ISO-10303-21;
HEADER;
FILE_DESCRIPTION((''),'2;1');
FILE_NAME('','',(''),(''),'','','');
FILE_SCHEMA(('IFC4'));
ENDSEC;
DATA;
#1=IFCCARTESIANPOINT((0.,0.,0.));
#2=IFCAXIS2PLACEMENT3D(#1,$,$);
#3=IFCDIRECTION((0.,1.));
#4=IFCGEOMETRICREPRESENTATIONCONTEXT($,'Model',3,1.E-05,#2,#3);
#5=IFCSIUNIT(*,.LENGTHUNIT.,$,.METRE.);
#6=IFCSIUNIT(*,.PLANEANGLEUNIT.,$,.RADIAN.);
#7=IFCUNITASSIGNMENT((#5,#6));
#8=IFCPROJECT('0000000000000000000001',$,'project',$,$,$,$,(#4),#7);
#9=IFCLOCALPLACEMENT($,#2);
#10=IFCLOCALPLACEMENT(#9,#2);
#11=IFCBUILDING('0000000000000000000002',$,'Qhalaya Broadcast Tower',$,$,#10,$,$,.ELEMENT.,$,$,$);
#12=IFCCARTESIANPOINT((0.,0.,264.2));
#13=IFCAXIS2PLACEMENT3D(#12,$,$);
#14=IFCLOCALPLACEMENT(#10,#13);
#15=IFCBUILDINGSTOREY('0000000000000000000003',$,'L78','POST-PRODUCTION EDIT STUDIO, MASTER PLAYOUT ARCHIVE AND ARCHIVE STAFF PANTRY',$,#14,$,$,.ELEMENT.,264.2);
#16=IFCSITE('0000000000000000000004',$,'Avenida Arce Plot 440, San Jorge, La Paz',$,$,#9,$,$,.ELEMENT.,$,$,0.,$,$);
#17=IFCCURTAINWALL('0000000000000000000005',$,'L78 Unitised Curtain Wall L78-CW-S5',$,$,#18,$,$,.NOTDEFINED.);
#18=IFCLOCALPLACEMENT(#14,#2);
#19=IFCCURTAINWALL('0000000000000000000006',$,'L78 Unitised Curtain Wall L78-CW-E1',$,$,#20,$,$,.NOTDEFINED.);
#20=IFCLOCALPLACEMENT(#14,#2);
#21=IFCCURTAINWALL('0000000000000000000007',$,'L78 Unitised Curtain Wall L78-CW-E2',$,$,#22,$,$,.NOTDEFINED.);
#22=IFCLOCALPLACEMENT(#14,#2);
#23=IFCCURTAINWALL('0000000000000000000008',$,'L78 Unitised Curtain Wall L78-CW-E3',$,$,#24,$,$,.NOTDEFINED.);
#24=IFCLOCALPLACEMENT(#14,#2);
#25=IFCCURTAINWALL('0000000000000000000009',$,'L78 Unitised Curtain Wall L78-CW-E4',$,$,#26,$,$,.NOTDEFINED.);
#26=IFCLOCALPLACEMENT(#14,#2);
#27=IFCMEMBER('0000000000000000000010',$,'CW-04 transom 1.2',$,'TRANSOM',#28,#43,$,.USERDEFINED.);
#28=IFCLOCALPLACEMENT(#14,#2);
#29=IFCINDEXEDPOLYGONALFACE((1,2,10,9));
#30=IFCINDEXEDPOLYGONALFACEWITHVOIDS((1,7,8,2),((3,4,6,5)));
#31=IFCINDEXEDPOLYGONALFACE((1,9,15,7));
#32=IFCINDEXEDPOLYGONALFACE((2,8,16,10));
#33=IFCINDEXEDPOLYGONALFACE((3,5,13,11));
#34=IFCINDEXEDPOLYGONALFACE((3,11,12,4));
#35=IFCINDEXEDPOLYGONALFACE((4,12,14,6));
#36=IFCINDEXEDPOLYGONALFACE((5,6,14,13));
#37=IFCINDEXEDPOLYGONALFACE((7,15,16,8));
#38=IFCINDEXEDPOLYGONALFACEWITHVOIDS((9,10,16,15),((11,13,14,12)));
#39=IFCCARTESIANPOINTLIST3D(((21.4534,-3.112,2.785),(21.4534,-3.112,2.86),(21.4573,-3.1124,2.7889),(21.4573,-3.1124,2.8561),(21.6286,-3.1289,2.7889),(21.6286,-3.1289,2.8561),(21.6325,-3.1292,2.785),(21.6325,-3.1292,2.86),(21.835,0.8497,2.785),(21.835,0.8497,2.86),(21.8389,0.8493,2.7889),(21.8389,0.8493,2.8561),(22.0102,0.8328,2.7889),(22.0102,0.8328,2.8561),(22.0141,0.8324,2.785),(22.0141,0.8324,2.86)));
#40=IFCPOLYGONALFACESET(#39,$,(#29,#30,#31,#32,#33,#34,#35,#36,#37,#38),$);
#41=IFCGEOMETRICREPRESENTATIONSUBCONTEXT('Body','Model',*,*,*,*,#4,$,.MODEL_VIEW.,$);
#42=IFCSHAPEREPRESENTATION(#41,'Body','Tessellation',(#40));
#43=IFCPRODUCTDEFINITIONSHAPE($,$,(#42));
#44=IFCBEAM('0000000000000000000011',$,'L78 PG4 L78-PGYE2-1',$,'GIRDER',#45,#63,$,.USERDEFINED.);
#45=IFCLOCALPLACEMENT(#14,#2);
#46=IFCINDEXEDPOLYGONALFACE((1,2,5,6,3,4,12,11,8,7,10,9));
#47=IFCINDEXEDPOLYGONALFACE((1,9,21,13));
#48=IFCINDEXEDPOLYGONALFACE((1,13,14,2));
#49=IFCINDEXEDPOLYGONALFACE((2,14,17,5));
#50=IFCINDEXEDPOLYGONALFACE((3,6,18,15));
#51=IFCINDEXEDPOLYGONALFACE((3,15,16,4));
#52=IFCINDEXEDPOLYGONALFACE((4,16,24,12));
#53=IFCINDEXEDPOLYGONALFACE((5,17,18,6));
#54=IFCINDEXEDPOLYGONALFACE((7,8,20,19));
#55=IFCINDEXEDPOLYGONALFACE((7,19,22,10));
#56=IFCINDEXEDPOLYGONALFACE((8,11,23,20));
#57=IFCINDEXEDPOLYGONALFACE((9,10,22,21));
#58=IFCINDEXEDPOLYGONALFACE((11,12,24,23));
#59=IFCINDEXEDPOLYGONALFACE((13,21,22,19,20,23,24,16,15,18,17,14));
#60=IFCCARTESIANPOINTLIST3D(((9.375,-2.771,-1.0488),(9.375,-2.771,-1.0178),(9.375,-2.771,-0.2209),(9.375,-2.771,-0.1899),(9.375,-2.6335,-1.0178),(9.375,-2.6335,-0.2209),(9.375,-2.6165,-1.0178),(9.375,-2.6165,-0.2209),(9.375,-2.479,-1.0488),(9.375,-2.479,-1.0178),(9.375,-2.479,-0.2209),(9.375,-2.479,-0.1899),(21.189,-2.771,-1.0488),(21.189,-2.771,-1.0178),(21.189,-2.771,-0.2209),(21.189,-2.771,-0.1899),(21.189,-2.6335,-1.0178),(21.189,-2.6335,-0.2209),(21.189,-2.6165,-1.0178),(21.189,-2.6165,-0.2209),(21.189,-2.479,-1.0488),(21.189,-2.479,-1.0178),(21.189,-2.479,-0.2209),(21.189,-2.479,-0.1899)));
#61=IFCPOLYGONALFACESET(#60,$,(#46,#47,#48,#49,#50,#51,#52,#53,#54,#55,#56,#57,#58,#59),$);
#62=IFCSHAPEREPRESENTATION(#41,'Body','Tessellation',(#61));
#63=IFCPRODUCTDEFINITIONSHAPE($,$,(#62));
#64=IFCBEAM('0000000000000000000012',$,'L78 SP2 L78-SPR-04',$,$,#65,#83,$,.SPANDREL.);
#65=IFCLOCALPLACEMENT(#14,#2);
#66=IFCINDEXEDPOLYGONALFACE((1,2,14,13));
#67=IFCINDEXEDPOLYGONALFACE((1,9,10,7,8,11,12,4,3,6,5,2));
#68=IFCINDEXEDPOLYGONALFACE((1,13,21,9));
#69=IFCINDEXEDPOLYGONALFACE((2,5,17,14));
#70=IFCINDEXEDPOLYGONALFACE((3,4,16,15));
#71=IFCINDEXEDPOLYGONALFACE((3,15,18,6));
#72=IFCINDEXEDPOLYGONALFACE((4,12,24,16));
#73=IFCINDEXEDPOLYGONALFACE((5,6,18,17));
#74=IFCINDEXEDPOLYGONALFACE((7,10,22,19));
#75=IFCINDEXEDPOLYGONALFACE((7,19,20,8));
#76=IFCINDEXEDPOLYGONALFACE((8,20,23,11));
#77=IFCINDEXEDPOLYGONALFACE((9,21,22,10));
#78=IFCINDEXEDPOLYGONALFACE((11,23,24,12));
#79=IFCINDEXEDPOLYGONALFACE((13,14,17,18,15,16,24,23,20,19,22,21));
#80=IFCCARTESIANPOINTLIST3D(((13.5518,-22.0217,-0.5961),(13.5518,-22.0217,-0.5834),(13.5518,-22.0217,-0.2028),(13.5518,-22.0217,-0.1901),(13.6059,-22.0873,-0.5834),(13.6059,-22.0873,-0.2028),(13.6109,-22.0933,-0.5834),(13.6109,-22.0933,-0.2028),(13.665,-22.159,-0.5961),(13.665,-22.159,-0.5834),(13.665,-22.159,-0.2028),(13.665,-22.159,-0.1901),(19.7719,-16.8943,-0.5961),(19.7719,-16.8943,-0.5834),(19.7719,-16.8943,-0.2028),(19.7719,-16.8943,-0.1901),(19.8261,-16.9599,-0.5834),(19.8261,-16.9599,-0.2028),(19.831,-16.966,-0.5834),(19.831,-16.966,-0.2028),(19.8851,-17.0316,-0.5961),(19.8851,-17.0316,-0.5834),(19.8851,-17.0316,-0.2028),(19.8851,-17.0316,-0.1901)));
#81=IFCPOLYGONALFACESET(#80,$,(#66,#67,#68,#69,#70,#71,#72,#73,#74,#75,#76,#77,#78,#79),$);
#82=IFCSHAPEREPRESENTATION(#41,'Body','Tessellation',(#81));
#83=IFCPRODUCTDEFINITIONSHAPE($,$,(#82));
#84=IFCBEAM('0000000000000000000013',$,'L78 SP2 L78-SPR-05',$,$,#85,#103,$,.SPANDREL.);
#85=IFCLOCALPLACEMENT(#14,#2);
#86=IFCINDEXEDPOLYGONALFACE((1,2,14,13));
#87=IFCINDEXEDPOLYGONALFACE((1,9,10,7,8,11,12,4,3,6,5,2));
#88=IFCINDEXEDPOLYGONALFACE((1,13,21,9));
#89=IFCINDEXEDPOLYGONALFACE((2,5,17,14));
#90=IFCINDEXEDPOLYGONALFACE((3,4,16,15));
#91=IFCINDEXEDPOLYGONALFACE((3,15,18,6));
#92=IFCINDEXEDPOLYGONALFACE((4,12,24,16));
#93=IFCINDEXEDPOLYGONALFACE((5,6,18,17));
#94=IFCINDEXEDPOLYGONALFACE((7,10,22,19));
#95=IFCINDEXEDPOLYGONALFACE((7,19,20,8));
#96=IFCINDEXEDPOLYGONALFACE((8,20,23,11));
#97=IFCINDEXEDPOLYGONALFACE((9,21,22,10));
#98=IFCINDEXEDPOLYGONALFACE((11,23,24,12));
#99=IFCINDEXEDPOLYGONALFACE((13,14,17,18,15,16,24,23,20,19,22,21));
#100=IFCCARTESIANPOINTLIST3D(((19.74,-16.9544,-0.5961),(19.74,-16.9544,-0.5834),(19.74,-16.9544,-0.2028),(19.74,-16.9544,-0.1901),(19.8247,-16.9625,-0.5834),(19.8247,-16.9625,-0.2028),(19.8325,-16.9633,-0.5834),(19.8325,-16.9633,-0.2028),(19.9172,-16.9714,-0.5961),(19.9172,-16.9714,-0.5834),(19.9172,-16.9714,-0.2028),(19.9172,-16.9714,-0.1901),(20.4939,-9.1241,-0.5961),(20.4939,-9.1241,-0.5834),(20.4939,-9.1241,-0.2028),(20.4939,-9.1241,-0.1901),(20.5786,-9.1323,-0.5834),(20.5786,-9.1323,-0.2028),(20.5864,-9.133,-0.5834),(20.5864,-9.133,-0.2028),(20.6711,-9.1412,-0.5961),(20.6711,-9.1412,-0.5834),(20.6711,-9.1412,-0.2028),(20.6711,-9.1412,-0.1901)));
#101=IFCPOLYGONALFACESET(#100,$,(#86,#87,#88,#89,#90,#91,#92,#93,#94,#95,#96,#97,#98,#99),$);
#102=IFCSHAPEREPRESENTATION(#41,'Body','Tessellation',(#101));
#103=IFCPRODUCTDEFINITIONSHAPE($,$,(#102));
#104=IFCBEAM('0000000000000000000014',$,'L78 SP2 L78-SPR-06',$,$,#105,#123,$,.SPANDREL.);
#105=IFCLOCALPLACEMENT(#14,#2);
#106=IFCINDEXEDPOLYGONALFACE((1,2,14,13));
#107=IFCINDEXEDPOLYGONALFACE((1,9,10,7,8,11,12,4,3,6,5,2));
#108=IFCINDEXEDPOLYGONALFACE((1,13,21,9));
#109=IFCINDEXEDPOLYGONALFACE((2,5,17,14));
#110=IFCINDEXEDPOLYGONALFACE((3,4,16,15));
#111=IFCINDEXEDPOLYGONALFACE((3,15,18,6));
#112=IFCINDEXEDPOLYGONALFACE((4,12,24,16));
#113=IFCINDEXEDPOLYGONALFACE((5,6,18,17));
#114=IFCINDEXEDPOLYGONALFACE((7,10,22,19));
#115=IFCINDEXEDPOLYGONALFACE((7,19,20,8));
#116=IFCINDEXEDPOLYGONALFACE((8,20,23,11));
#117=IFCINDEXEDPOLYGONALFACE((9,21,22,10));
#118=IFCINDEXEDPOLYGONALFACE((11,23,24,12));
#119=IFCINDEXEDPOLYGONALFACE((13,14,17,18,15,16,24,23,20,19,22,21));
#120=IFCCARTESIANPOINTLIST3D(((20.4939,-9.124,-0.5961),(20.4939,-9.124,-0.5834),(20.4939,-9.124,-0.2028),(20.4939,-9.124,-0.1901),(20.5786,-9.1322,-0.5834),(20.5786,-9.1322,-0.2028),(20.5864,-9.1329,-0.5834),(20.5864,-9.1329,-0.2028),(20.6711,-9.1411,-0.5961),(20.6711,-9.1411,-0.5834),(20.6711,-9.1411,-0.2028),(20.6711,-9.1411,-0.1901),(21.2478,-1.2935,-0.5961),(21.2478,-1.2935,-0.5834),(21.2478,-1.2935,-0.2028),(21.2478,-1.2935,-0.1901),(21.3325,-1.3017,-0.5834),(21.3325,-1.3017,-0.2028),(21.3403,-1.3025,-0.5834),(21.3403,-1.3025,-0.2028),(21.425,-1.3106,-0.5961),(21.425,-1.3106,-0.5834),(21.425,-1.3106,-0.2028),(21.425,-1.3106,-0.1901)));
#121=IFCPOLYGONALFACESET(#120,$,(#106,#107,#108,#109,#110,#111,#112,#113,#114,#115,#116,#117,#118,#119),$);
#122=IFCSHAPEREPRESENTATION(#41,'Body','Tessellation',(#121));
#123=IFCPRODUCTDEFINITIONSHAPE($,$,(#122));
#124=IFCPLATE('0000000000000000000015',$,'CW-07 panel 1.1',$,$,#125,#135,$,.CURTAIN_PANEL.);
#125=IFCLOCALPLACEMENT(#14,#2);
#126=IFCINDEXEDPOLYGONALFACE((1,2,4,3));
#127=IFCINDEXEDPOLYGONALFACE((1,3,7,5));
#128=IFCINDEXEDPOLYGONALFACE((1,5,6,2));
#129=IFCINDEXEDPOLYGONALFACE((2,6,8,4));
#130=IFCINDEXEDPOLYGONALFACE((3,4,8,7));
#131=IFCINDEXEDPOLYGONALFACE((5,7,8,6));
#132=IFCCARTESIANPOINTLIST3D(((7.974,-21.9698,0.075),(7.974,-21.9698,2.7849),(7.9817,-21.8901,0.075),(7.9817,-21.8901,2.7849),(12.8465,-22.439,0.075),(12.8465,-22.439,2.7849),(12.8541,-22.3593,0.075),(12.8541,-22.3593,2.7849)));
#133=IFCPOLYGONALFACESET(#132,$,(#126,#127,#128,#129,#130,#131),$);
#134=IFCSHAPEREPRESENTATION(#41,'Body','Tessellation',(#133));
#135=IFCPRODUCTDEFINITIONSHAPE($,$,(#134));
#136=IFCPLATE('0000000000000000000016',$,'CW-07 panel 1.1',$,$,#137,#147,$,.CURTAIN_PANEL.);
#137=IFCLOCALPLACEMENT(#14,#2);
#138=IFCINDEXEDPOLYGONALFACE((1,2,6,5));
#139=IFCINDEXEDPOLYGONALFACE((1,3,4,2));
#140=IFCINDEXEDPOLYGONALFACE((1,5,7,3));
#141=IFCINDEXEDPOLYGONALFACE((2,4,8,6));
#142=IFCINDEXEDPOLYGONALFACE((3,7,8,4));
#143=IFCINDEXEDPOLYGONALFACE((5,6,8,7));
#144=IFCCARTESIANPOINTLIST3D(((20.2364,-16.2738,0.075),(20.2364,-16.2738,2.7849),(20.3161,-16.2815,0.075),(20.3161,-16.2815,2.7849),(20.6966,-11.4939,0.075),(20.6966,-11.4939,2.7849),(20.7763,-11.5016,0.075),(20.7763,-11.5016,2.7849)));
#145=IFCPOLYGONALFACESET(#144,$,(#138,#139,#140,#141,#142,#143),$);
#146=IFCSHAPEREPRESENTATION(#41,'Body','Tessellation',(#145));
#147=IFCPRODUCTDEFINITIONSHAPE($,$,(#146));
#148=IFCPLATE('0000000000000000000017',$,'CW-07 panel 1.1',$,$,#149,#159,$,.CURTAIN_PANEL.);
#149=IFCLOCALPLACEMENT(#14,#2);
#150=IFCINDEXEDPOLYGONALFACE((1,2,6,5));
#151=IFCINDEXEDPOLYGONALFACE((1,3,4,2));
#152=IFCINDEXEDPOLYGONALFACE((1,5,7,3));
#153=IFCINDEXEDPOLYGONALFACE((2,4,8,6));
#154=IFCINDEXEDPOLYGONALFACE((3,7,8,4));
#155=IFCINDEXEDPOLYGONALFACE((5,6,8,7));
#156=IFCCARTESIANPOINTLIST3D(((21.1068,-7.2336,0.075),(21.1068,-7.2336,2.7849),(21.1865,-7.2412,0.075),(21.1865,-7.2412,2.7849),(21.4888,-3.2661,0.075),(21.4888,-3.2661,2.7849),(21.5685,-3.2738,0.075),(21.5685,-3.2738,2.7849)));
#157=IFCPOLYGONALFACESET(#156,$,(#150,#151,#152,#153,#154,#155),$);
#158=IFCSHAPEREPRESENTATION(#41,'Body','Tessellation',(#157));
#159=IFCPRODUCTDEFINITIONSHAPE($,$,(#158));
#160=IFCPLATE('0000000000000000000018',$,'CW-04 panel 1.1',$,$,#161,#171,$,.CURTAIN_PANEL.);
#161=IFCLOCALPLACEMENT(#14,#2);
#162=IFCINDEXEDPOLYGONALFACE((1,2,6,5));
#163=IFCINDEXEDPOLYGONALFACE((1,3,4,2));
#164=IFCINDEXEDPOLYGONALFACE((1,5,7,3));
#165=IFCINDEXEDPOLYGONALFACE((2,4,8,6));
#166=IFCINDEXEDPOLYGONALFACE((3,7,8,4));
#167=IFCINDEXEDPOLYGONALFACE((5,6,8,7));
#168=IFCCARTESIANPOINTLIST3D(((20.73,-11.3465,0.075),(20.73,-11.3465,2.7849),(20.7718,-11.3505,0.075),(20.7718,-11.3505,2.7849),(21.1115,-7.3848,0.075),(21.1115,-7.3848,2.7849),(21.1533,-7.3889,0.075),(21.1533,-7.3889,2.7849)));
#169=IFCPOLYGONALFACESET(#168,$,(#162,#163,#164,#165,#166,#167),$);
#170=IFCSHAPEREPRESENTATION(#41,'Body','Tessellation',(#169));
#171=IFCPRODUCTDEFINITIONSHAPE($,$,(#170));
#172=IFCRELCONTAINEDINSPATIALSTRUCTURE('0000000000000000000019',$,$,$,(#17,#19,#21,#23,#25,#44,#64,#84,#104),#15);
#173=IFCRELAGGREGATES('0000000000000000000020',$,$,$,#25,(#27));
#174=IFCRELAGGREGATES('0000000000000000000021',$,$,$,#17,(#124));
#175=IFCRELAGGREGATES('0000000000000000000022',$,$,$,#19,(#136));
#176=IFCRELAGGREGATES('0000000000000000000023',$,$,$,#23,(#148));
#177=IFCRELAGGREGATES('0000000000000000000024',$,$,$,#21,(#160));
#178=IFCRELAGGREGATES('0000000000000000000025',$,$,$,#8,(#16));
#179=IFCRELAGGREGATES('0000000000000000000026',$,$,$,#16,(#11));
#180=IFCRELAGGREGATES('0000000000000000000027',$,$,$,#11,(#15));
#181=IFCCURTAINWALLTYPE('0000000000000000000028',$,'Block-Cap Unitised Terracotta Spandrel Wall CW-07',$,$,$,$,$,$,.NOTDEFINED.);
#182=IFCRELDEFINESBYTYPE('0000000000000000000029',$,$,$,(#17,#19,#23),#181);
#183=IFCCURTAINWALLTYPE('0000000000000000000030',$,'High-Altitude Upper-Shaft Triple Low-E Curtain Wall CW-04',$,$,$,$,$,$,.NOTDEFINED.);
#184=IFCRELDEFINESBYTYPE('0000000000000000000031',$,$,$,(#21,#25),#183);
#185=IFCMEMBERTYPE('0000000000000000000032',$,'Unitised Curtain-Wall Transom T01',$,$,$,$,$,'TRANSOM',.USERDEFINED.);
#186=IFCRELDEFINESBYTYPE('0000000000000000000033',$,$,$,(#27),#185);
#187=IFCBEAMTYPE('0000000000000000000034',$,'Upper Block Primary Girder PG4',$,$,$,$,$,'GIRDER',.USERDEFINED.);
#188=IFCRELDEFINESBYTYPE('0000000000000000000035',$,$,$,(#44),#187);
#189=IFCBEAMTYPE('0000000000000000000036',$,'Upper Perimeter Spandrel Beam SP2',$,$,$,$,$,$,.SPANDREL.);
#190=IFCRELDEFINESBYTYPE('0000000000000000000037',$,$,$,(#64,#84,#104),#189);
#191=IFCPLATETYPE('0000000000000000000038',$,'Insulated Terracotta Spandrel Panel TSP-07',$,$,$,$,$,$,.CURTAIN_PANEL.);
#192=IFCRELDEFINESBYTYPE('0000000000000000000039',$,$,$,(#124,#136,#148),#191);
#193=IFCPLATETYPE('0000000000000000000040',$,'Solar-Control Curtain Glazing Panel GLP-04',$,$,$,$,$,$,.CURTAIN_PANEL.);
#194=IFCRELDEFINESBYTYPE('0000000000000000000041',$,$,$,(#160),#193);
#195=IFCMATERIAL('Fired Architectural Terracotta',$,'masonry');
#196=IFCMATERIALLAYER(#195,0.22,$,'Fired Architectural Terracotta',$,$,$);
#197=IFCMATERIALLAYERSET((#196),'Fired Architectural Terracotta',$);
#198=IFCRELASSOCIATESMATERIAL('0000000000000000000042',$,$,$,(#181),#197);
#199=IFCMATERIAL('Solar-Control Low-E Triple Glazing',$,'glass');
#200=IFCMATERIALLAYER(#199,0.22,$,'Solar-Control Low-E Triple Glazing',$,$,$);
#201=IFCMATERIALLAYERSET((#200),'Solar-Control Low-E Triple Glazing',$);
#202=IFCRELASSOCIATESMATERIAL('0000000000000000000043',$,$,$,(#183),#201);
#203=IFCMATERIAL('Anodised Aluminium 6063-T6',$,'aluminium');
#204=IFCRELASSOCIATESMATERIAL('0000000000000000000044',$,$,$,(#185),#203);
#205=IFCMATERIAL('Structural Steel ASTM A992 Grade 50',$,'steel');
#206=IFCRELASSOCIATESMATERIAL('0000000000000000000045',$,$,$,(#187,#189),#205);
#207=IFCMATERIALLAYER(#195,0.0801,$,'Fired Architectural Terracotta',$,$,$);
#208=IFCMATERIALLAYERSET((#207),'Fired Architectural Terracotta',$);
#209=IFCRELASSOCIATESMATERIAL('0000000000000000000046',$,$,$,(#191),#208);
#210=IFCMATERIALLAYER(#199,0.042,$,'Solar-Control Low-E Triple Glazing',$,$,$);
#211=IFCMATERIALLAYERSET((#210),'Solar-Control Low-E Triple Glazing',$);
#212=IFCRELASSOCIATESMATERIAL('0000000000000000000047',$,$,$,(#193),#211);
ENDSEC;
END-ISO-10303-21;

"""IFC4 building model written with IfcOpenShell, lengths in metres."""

from ifc_helpers import new_model, si_unit, direction, frame, origin, origin_2d, place, context, subcontext, project, spatial, rectangle, hollow_rectangle, i_section, extrude, material, layer, layer_set, material_profile, profile_set, type_object, element, aggregate, save


model = new_model("IFC4")

# Units and contexts
model_context = context("Model", 3, precision=1e-05, world=origin(), true_north=direction((0.0, 1.0)))
body_context = subcontext(model_context, "Body", "Model", "MODEL_VIEW")
ifc_project = project(units=[si_unit("LENGTHUNIT", "METRE"), si_unit("PLANEANGLEUNIT", "RADIAN")], contexts=[model_context])

# Site, building, storey
site_placement = place(None, origin())
site = spatial("IfcSite", under=ifc_project, at=site_placement, Name="Avenida Arce Plot 440, San Jorge, La Paz", CompositionType="ELEMENT", RefElevation=0.0)
building_placement = place(site_placement, origin())
building = spatial("IfcBuilding", under=site, at=building_placement, Name="Qhalaya Broadcast Tower", CompositionType="ELEMENT")
storey_placement = place(building_placement, frame((0.0, 0.0, 264.2)))
storey = spatial("IfcBuildingStorey", under=building, at=storey_placement, Name="L78", Description="POST-PRODUCTION EDIT STUDIO, MASTER PLAYOUT ARCHIVE AND ARCHIVE STAFF PANTRY", CompositionType="ELEMENT", Elevation=264.2)

# Shared definitions
ifc_material_1 = material(Name="Structural Steel ASTM A992 Grade 50", Category="steel")

# Curtain wall
ifc_material_2 = material(Name="Fired Architectural Terracotta", Category="masonry")
ifc_layer_1 = layer(ifc_material_2, 0.22, Name="Fired Architectural Terracotta")
ifc_layer_set_1 = layer_set([ifc_layer_1], Name="Fired Architectural Terracotta")
curtain_wall_type_1 = type_object("IfcCurtainWallType", Name="Block-Cap Unitised Terracotta Spandrel Wall CW-07", PredefinedType="NOTDEFINED", material=ifc_layer_set_1)
curtain_wall_1_placement = place(storey_placement, origin())
curtain_wall_1 = element("IfcCurtainWall", 1, at=curtain_wall_1_placement, inside=storey, type_object=curtain_wall_type_1, Name="L78 Unitised Curtain Wall L78-CW-S5", PredefinedType="NOTDEFINED")
ifc_material_3 = material(Name="Anodised Aluminium 6063-T6", Category="aluminium")

# Curtain walls
curtain_wall_2_placement = place(storey_placement, origin())
curtain_wall_2 = element("IfcCurtainWall", 2, at=curtain_wall_2_placement, inside=storey, type_object=curtain_wall_type_1, Name="L78 Unitised Curtain Wall L78-CW-E1", PredefinedType="NOTDEFINED")
ifc_material_4 = material(Name="Solar-Control Low-E Triple Glazing", Category="glass")
ifc_layer_2 = layer(ifc_material_4, 0.22, Name="Solar-Control Low-E Triple Glazing")
ifc_layer_set_2 = layer_set([ifc_layer_2], Name="Solar-Control Low-E Triple Glazing")
curtain_wall_type_2 = type_object("IfcCurtainWallType", Name="High-Altitude Upper-Shaft Triple Low-E Curtain Wall CW-04", PredefinedType="NOTDEFINED", material=ifc_layer_set_2)
curtain_wall_3_placement = place(storey_placement, origin())
curtain_wall_3 = element("IfcCurtainWall", 3, at=curtain_wall_3_placement, inside=storey, type_object=curtain_wall_type_2, Name="L78 Unitised Curtain Wall L78-CW-E2", PredefinedType="NOTDEFINED")
curtain_wall_4_placement = place(storey_placement, origin())
curtain_wall_4 = element("IfcCurtainWall", 4, at=curtain_wall_4_placement, inside=storey, type_object=curtain_wall_type_1, Name="L78 Unitised Curtain Wall L78-CW-E3", PredefinedType="NOTDEFINED")

# Curtain wall
curtain_wall_5_placement = place(storey_placement, origin())
curtain_wall_5 = element("IfcCurtainWall", 5, at=curtain_wall_5_placement, inside=storey, type_object=curtain_wall_type_2, Name="L78 Unitised Curtain Wall L78-CW-E4", PredefinedType="NOTDEFINED")

# Member
ifc_material_profile_1 = material_profile(ifc_material_3, hollow_rectangle(XDim=0.075, YDim=0.1799, WallThickness=0.0039, at=origin_2d()), Name="ALU-TRN 75x180x4")
ifc_profile_set_1 = profile_set([ifc_material_profile_1], Name="Anodised Aluminium 6063-T6")
member_type_1 = type_object("IfcMemberType", Name="Unitised Curtain-Wall Transom T01", ElementType="TRANSOM", PredefinedType="USERDEFINED", material=ifc_profile_set_1)
member_1_placement = place(storey_placement, frame((21.543, -3.1206, 2.8225), z_axis=(0.095877, 0.995393, 0.0), x_axis=(0.0, 0.0, 1.0)))
member_1 = element("IfcMember", 6, at=member_1_placement, type_object=member_type_1, Name="CW-04 transom 1.2", ObjectType="TRANSOM", PredefinedType="USERDEFINED", context=body_context, shape_type="SweptSolid", body=[
    extrude(hollow_rectangle(XDim=0.075, YDim=0.1799, WallThickness=0.0039, at=origin_2d()), origin(), (0.0, 0.0, 1.0), 3.98),
])
aggregate(curtain_wall_5, [member_1])

# Beams
ifc_material_profile_2 = material_profile(ifc_material_1, i_section(OverallWidth=0.292, OverallDepth=0.8589, WebThickness=0.0171, FlangeThickness=0.031, at=origin_2d()), Name="W33X169")
ifc_profile_set_2 = profile_set([ifc_material_profile_2], Name="Structural Steel ASTM A992 Grade 50")
beam_type_1 = type_object("IfcBeamType", Name="Upper Block Primary Girder PG4", ElementType="GIRDER", PredefinedType="USERDEFINED", material=ifc_profile_set_2)
beam_1_placement = place(storey_placement, frame((9.375, -2.625, -0.6194), z_axis=(1.0, 0.0, 0.0), x_axis=(0.0, 1.0, 0.0)))
element("IfcBeam", 7, at=beam_1_placement, inside=storey, type_object=beam_type_1, Name="L78 PG4 L78-PGYE2-1", ObjectType="GIRDER", PredefinedType="USERDEFINED", context=body_context, shape_type="SweptSolid", body=[
    extrude(i_section(OverallWidth=0.292, OverallDepth=0.8589, WebThickness=0.0171, FlangeThickness=0.031, at=origin_2d()), origin(), (0.0, 0.0, 1.0), 11.814),
])
ifc_material_profile_3 = material_profile(ifc_material_1, i_section(OverallWidth=0.178, OverallDepth=0.406, WebThickness=0.0078, FlangeThickness=0.0127, at=origin_2d()), Name="W16X40")
ifc_profile_set_3 = profile_set([ifc_material_profile_3], Name="Structural Steel ASTM A992 Grade 50")
beam_type_2 = type_object("IfcBeamType", Name="Upper Perimeter Spandrel Beam SP2", PredefinedType="SPANDREL", material=ifc_profile_set_3)
beam_2_placement = place(storey_placement, frame((13.6084, -22.0903, -0.3931), z_axis=(0.771631, 0.63607, 0.0), x_axis=(-0.63607, 0.771631, 0.0)))
element("IfcBeam", 8, at=beam_2_placement, inside=storey, type_object=beam_type_2, Name="L78 SP2 L78-SPR-04", PredefinedType="SPANDREL", context=body_context, shape_type="SweptSolid", body=[
    extrude(i_section(OverallWidth=0.178, OverallDepth=0.406, WebThickness=0.0078, FlangeThickness=0.0127, at=origin_2d()), origin(), (0.0, 0.0, 1.0), 8.061),
])
beam_3_placement = place(storey_placement, frame((19.8286, -16.9629, -0.3931), z_axis=(0.095837, 0.995397, 0.0), x_axis=(-0.995397, 0.095837, 0.0)))
element("IfcBeam", 9, at=beam_3_placement, inside=storey, type_object=beam_type_2, Name="L78 SP2 L78-SPR-05", PredefinedType="SPANDREL", context=body_context, shape_type="SweptSolid", body=[
    extrude(i_section(OverallWidth=0.178, OverallDepth=0.406, WebThickness=0.0078, FlangeThickness=0.0127, at=origin_2d()), origin(), (0.0, 0.0, 1.0), 7.8665),
])
beam_4_placement = place(storey_placement, frame((20.5825, -9.1326, -0.3931), z_axis=(0.095834, 0.995397, 0.0), x_axis=(-0.995397, 0.095834, 0.0)))
element("IfcBeam", 10, at=beam_4_placement, inside=storey, type_object=beam_type_2, Name="L78 SP2 L78-SPR-06", PredefinedType="SPANDREL", context=body_context, shape_type="SweptSolid", body=[
    extrude(i_section(OverallWidth=0.178, OverallDepth=0.406, WebThickness=0.0078, FlangeThickness=0.0127, at=origin_2d()), origin(), (0.0, 0.0, 1.0), 7.8667),
])

# Plates
ifc_layer_3 = layer(ifc_material_2, 0.0801, Name="Fired Architectural Terracotta")
ifc_layer_set_3 = layer_set([ifc_layer_3], Name="Fired Architectural Terracotta")
plate_type_1 = type_object("IfcPlateType", Name="Insulated Terracotta Spandrel Panel TSP-07", PredefinedType="CURTAIN_PANEL", material=ifc_layer_set_3)
plate_1_placement = place(storey_placement, frame((10.4141, -22.1646, 0.075), z_axis=(0.0, 0.0, 1.0), x_axis=(0.995397, -0.095839, 0.0)))
plate_1 = element("IfcPlate", 11, at=plate_1_placement, type_object=plate_type_1, Name="CW-07 panel 1.1", PredefinedType="CURTAIN_PANEL", context=body_context, shape_type="SweptSolid", body=[
    extrude(rectangle(XDim=4.895, YDim=0.0801, at=origin_2d()), origin(), (0.0, 0.0, 1.0), 2.71),
])
aggregate(curtain_wall_1, [plate_1])
plate_2_placement = place(storey_placement, frame((20.5063, -13.8877, 0.075), z_axis=(0.0, 0.0, 1.0), x_axis=(0.09584, 0.995397, 0.0)))
plate_2 = element("IfcPlate", 12, at=plate_2_placement, type_object=plate_type_1, Name="CW-07 panel 1.1", PredefinedType="CURTAIN_PANEL", context=body_context, shape_type="SweptSolid", body=[
    extrude(rectangle(XDim=4.802, YDim=0.0801, at=origin_2d()), origin(), (0.0, 0.0, 1.0), 2.71),
])
aggregate(curtain_wall_2, [plate_2])
plate_3_placement = place(storey_placement, frame((21.3376, -5.2537, 0.075), z_axis=(0.0, 0.0, 1.0), x_axis=(0.095843, 0.995396, 0.0)))
plate_3 = element("IfcPlate", 13, at=plate_3_placement, type_object=plate_type_1, Name="CW-07 panel 1.1", PredefinedType="CURTAIN_PANEL", context=body_context, shape_type="SweptSolid", body=[
    extrude(rectangle(XDim=3.9858, YDim=0.0801, at=origin_2d()), origin(), (0.0, 0.0, 1.0), 2.71),
])
aggregate(curtain_wall_4, [plate_3])
ifc_layer_4 = layer(ifc_material_4, 0.042, Name="Solar-Control Low-E Triple Glazing")
ifc_layer_set_4 = layer_set([ifc_layer_4], Name="Solar-Control Low-E Triple Glazing")
plate_type_2 = type_object("IfcPlateType", Name="Solar-Control Curtain Glazing Panel GLP-04", PredefinedType="CURTAIN_PANEL", material=ifc_layer_set_4)
plate_4_placement = place(storey_placement, frame((20.9417, -9.3677, 0.075), z_axis=(0.0, 0.0, 1.0), x_axis=(0.095859, 0.995395, 0.0)))
plate_4 = element("IfcPlate", 14, at=plate_4_placement, type_object=plate_type_2, Name="CW-04 panel 1.1", PredefinedType="CURTAIN_PANEL", context=body_context, shape_type="SweptSolid", body=[
    extrude(rectangle(XDim=3.98, YDim=0.042, at=origin_2d()), origin(), (0.0, 0.0, 1.0), 2.71),
])
aggregate(curtain_wall_3, [plate_4])

save(model, "model.ifc")
